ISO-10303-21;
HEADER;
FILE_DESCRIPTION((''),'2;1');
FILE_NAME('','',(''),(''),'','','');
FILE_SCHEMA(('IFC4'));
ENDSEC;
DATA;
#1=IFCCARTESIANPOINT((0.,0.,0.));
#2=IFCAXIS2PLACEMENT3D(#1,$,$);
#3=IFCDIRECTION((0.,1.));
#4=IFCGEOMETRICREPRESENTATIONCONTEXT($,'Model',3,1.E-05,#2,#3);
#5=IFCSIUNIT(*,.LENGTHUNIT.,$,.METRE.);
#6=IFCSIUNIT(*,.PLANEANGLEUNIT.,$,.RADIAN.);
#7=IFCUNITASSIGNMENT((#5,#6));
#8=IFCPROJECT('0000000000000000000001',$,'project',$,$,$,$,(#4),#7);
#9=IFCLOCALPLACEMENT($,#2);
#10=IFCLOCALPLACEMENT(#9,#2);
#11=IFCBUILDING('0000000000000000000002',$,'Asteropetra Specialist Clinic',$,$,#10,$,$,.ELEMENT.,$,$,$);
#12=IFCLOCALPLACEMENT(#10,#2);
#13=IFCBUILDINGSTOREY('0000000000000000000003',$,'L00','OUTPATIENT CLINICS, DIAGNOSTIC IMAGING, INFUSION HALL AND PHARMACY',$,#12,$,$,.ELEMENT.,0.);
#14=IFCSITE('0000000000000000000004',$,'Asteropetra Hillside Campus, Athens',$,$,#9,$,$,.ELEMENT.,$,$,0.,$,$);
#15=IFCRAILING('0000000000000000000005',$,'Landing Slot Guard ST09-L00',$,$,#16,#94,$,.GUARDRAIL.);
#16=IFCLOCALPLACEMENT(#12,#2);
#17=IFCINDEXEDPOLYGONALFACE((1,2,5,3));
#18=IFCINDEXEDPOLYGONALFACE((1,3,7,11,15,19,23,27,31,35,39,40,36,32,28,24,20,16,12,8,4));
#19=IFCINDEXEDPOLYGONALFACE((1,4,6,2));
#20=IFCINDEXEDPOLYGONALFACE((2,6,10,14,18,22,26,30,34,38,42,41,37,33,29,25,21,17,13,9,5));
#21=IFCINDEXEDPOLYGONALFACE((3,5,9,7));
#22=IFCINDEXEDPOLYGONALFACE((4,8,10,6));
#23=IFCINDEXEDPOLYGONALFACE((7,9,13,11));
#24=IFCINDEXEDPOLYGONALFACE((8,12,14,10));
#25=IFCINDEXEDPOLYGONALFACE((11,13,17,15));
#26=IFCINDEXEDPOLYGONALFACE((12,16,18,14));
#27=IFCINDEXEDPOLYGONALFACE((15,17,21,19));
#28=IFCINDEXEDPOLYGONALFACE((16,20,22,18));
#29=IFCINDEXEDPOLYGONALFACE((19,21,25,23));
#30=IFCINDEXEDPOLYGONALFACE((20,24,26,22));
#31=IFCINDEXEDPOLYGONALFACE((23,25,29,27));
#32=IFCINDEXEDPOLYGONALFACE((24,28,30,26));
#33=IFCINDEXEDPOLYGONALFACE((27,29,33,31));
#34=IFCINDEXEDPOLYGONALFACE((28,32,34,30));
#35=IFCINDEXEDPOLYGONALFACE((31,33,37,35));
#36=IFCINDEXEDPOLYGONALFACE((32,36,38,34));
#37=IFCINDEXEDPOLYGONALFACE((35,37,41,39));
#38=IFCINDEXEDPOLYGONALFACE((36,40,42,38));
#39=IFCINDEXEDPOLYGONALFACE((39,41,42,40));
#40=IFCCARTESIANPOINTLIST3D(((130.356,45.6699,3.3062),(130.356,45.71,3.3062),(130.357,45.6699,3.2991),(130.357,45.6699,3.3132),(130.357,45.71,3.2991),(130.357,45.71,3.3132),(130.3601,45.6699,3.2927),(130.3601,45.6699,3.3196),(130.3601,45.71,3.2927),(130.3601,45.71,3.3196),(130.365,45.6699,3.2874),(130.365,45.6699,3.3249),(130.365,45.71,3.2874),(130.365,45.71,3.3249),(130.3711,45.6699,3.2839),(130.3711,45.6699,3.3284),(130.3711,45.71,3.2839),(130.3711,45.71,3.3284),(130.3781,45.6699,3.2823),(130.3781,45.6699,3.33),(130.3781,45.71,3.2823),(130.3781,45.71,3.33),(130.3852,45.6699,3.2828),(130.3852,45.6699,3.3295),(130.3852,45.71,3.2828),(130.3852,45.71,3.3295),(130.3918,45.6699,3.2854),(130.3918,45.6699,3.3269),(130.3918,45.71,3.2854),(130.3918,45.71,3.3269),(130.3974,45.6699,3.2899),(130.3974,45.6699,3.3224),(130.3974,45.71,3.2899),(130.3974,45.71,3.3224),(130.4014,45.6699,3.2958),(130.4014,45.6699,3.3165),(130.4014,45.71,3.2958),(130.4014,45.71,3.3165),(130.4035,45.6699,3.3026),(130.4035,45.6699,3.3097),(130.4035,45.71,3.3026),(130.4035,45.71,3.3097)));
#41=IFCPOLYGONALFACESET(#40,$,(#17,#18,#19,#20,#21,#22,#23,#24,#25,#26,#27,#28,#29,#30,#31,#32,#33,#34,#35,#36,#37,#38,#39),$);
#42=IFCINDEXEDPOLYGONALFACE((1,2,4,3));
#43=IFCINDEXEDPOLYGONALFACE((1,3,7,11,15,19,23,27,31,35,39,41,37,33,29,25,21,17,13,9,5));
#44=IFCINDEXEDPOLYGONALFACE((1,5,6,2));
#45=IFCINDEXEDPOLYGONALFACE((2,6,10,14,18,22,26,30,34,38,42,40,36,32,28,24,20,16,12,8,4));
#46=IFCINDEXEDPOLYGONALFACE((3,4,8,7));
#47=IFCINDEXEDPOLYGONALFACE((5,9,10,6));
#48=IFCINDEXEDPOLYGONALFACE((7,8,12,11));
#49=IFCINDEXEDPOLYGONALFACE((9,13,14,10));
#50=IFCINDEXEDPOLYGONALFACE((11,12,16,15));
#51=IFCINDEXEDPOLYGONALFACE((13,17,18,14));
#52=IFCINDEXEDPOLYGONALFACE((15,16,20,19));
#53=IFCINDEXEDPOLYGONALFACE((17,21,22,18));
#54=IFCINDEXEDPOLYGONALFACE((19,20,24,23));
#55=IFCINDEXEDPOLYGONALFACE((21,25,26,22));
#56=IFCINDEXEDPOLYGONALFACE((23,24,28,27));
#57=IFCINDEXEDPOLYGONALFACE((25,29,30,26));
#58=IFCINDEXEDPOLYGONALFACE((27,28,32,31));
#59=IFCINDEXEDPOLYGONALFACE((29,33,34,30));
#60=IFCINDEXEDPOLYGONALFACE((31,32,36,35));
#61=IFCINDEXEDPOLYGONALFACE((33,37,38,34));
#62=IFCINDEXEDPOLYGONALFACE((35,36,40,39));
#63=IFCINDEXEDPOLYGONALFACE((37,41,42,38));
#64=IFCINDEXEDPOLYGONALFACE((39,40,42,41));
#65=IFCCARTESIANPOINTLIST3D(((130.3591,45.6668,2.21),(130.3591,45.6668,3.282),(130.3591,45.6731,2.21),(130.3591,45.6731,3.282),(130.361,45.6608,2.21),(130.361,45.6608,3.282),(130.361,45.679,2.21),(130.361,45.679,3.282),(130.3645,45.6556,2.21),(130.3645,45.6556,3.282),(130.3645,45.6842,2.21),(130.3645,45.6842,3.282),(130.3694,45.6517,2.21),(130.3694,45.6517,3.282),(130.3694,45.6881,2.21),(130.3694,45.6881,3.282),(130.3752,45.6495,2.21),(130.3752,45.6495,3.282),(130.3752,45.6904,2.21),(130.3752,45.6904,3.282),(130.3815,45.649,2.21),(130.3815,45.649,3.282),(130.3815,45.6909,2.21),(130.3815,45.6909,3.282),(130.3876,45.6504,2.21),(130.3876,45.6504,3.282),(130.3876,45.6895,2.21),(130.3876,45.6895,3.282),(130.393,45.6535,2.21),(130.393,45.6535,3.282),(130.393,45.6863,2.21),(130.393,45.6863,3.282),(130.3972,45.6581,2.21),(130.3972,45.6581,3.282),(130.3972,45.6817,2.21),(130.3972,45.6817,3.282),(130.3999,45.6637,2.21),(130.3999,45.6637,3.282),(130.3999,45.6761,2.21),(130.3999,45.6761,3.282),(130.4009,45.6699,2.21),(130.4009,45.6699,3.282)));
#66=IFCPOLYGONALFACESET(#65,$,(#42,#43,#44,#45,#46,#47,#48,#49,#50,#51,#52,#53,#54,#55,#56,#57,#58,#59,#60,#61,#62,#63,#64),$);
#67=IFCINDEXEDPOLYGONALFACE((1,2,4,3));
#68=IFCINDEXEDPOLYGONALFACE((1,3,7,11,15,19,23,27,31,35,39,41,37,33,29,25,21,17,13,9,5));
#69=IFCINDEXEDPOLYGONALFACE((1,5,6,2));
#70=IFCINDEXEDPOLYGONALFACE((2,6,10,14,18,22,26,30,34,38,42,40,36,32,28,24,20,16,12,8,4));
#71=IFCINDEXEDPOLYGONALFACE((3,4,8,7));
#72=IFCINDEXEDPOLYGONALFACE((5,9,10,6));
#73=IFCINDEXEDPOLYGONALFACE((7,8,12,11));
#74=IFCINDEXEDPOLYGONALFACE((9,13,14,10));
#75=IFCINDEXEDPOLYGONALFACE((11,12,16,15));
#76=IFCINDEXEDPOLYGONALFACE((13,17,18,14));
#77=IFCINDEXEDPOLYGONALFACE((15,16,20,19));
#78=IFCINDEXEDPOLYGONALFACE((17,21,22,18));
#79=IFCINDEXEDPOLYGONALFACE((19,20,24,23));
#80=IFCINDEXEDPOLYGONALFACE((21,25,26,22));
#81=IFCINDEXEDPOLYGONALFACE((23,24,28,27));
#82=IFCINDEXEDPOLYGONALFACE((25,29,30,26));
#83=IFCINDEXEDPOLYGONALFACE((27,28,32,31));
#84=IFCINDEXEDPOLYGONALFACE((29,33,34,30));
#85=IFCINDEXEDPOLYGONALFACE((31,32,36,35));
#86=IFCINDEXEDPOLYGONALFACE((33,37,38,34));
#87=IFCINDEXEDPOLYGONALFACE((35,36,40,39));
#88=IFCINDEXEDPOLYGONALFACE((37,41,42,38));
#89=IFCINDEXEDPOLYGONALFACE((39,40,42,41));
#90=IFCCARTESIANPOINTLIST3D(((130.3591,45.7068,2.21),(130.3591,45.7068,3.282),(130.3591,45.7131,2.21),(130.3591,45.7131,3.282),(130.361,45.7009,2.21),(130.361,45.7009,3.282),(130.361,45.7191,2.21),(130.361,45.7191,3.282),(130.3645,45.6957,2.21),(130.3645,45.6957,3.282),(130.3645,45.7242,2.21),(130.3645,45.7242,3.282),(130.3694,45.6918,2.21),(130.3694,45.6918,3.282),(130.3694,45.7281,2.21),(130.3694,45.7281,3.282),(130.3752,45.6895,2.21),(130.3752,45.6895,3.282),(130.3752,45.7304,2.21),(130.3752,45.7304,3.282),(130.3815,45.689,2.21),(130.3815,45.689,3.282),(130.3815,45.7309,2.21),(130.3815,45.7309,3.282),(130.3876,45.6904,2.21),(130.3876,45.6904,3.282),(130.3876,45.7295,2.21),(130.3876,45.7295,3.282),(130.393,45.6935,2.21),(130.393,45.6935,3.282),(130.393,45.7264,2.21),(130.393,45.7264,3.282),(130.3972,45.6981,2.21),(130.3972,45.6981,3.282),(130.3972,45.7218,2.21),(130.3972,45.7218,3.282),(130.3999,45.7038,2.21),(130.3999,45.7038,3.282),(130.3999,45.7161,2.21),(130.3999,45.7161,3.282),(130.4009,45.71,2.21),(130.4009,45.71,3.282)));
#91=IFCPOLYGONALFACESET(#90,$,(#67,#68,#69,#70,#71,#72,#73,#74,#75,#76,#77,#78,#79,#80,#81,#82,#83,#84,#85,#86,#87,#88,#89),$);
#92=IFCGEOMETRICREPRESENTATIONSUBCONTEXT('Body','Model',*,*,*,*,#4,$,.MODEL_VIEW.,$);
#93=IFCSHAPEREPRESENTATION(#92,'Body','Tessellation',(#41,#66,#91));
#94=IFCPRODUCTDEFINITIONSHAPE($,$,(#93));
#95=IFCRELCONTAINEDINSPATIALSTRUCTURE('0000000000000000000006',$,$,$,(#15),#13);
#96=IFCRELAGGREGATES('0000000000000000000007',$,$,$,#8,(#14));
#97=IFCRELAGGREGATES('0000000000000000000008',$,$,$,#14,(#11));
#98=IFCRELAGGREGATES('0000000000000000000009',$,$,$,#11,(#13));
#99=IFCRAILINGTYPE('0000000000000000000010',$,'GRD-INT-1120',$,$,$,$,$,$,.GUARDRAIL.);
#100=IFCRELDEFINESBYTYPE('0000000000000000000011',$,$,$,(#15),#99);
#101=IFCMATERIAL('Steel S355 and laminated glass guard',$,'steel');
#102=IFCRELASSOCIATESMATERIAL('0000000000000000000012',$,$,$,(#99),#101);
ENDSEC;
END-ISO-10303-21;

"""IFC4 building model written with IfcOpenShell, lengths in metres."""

from ifc_helpers import new_model, si_unit, direction, frame, origin, origin_2d, place, context, subcontext, project, spatial, circle, extrude, material, type_object, element, save


model = new_model("IFC4")

# Units and contexts
model_context = context("Model", 3, precision=1e-05, world=origin(), true_north=direction((0.0, 1.0)))
body_context = subcontext(model_context, "Body", "Model", "MODEL_VIEW")
ifc_project = project(units=[si_unit("LENGTHUNIT", "METRE"), si_unit("PLANEANGLEUNIT", "RADIAN")], contexts=[model_context])

# Site, building, storey
site_placement = place(None, origin())
site = spatial("IfcSite", under=ifc_project, at=site_placement, Name="Asteropetra Hillside Campus, Athens", CompositionType="ELEMENT", RefElevation=0.0)
building_placement = place(site_placement, origin())
building = spatial("IfcBuilding", under=site, at=building_placement, Name="Asteropetra Specialist Clinic", CompositionType="ELEMENT")
storey_placement = place(building_placement, origin())
storey = spatial("IfcBuildingStorey", under=building, at=storey_placement, Name="L00", Description="OUTPATIENT CLINICS, DIAGNOSTIC IMAGING, INFUSION HALL AND PHARMACY", CompositionType="ELEMENT", Elevation=0.0)

# Railing
ifc_material_1 = material(Name="Steel S355 and laminated glass guard", Category="steel")
railing_type_1 = type_object("IfcRailingType", Name="GRD-INT-1120", PredefinedType="GUARDRAIL", material=ifc_material_1)
railing_1_placement = place(storey_placement, frame((130.3799, 45.6699, 2.21)))
element("IfcRailing", 1, at=railing_1_placement, inside=storey, type_object=railing_type_1, Name="Landing Slot Guard ST09-L00", PredefinedType="GUARDRAIL", context=body_context, shape_type="SweptSolid", body=[
    extrude(circle(Radius=0.0239, at=origin_2d()), frame((0.0, 0.0, 1.0962), z_axis=(0.0, 1.0, 0.0), x_axis=(-1.0, 0.0, 0.0)), (0.0, 0.0, 1.0), 0.04),
    extrude(circle(Radius=0.021, at=origin_2d()), origin(), (0.0, 0.0, 1.0), 1.072),
    extrude(circle(Radius=0.021, at=origin_2d()), frame((0.0, 0.04, 0.0)), (0.0, 0.0, 1.0), 1.072),
])

save(model, "model.ifc")
